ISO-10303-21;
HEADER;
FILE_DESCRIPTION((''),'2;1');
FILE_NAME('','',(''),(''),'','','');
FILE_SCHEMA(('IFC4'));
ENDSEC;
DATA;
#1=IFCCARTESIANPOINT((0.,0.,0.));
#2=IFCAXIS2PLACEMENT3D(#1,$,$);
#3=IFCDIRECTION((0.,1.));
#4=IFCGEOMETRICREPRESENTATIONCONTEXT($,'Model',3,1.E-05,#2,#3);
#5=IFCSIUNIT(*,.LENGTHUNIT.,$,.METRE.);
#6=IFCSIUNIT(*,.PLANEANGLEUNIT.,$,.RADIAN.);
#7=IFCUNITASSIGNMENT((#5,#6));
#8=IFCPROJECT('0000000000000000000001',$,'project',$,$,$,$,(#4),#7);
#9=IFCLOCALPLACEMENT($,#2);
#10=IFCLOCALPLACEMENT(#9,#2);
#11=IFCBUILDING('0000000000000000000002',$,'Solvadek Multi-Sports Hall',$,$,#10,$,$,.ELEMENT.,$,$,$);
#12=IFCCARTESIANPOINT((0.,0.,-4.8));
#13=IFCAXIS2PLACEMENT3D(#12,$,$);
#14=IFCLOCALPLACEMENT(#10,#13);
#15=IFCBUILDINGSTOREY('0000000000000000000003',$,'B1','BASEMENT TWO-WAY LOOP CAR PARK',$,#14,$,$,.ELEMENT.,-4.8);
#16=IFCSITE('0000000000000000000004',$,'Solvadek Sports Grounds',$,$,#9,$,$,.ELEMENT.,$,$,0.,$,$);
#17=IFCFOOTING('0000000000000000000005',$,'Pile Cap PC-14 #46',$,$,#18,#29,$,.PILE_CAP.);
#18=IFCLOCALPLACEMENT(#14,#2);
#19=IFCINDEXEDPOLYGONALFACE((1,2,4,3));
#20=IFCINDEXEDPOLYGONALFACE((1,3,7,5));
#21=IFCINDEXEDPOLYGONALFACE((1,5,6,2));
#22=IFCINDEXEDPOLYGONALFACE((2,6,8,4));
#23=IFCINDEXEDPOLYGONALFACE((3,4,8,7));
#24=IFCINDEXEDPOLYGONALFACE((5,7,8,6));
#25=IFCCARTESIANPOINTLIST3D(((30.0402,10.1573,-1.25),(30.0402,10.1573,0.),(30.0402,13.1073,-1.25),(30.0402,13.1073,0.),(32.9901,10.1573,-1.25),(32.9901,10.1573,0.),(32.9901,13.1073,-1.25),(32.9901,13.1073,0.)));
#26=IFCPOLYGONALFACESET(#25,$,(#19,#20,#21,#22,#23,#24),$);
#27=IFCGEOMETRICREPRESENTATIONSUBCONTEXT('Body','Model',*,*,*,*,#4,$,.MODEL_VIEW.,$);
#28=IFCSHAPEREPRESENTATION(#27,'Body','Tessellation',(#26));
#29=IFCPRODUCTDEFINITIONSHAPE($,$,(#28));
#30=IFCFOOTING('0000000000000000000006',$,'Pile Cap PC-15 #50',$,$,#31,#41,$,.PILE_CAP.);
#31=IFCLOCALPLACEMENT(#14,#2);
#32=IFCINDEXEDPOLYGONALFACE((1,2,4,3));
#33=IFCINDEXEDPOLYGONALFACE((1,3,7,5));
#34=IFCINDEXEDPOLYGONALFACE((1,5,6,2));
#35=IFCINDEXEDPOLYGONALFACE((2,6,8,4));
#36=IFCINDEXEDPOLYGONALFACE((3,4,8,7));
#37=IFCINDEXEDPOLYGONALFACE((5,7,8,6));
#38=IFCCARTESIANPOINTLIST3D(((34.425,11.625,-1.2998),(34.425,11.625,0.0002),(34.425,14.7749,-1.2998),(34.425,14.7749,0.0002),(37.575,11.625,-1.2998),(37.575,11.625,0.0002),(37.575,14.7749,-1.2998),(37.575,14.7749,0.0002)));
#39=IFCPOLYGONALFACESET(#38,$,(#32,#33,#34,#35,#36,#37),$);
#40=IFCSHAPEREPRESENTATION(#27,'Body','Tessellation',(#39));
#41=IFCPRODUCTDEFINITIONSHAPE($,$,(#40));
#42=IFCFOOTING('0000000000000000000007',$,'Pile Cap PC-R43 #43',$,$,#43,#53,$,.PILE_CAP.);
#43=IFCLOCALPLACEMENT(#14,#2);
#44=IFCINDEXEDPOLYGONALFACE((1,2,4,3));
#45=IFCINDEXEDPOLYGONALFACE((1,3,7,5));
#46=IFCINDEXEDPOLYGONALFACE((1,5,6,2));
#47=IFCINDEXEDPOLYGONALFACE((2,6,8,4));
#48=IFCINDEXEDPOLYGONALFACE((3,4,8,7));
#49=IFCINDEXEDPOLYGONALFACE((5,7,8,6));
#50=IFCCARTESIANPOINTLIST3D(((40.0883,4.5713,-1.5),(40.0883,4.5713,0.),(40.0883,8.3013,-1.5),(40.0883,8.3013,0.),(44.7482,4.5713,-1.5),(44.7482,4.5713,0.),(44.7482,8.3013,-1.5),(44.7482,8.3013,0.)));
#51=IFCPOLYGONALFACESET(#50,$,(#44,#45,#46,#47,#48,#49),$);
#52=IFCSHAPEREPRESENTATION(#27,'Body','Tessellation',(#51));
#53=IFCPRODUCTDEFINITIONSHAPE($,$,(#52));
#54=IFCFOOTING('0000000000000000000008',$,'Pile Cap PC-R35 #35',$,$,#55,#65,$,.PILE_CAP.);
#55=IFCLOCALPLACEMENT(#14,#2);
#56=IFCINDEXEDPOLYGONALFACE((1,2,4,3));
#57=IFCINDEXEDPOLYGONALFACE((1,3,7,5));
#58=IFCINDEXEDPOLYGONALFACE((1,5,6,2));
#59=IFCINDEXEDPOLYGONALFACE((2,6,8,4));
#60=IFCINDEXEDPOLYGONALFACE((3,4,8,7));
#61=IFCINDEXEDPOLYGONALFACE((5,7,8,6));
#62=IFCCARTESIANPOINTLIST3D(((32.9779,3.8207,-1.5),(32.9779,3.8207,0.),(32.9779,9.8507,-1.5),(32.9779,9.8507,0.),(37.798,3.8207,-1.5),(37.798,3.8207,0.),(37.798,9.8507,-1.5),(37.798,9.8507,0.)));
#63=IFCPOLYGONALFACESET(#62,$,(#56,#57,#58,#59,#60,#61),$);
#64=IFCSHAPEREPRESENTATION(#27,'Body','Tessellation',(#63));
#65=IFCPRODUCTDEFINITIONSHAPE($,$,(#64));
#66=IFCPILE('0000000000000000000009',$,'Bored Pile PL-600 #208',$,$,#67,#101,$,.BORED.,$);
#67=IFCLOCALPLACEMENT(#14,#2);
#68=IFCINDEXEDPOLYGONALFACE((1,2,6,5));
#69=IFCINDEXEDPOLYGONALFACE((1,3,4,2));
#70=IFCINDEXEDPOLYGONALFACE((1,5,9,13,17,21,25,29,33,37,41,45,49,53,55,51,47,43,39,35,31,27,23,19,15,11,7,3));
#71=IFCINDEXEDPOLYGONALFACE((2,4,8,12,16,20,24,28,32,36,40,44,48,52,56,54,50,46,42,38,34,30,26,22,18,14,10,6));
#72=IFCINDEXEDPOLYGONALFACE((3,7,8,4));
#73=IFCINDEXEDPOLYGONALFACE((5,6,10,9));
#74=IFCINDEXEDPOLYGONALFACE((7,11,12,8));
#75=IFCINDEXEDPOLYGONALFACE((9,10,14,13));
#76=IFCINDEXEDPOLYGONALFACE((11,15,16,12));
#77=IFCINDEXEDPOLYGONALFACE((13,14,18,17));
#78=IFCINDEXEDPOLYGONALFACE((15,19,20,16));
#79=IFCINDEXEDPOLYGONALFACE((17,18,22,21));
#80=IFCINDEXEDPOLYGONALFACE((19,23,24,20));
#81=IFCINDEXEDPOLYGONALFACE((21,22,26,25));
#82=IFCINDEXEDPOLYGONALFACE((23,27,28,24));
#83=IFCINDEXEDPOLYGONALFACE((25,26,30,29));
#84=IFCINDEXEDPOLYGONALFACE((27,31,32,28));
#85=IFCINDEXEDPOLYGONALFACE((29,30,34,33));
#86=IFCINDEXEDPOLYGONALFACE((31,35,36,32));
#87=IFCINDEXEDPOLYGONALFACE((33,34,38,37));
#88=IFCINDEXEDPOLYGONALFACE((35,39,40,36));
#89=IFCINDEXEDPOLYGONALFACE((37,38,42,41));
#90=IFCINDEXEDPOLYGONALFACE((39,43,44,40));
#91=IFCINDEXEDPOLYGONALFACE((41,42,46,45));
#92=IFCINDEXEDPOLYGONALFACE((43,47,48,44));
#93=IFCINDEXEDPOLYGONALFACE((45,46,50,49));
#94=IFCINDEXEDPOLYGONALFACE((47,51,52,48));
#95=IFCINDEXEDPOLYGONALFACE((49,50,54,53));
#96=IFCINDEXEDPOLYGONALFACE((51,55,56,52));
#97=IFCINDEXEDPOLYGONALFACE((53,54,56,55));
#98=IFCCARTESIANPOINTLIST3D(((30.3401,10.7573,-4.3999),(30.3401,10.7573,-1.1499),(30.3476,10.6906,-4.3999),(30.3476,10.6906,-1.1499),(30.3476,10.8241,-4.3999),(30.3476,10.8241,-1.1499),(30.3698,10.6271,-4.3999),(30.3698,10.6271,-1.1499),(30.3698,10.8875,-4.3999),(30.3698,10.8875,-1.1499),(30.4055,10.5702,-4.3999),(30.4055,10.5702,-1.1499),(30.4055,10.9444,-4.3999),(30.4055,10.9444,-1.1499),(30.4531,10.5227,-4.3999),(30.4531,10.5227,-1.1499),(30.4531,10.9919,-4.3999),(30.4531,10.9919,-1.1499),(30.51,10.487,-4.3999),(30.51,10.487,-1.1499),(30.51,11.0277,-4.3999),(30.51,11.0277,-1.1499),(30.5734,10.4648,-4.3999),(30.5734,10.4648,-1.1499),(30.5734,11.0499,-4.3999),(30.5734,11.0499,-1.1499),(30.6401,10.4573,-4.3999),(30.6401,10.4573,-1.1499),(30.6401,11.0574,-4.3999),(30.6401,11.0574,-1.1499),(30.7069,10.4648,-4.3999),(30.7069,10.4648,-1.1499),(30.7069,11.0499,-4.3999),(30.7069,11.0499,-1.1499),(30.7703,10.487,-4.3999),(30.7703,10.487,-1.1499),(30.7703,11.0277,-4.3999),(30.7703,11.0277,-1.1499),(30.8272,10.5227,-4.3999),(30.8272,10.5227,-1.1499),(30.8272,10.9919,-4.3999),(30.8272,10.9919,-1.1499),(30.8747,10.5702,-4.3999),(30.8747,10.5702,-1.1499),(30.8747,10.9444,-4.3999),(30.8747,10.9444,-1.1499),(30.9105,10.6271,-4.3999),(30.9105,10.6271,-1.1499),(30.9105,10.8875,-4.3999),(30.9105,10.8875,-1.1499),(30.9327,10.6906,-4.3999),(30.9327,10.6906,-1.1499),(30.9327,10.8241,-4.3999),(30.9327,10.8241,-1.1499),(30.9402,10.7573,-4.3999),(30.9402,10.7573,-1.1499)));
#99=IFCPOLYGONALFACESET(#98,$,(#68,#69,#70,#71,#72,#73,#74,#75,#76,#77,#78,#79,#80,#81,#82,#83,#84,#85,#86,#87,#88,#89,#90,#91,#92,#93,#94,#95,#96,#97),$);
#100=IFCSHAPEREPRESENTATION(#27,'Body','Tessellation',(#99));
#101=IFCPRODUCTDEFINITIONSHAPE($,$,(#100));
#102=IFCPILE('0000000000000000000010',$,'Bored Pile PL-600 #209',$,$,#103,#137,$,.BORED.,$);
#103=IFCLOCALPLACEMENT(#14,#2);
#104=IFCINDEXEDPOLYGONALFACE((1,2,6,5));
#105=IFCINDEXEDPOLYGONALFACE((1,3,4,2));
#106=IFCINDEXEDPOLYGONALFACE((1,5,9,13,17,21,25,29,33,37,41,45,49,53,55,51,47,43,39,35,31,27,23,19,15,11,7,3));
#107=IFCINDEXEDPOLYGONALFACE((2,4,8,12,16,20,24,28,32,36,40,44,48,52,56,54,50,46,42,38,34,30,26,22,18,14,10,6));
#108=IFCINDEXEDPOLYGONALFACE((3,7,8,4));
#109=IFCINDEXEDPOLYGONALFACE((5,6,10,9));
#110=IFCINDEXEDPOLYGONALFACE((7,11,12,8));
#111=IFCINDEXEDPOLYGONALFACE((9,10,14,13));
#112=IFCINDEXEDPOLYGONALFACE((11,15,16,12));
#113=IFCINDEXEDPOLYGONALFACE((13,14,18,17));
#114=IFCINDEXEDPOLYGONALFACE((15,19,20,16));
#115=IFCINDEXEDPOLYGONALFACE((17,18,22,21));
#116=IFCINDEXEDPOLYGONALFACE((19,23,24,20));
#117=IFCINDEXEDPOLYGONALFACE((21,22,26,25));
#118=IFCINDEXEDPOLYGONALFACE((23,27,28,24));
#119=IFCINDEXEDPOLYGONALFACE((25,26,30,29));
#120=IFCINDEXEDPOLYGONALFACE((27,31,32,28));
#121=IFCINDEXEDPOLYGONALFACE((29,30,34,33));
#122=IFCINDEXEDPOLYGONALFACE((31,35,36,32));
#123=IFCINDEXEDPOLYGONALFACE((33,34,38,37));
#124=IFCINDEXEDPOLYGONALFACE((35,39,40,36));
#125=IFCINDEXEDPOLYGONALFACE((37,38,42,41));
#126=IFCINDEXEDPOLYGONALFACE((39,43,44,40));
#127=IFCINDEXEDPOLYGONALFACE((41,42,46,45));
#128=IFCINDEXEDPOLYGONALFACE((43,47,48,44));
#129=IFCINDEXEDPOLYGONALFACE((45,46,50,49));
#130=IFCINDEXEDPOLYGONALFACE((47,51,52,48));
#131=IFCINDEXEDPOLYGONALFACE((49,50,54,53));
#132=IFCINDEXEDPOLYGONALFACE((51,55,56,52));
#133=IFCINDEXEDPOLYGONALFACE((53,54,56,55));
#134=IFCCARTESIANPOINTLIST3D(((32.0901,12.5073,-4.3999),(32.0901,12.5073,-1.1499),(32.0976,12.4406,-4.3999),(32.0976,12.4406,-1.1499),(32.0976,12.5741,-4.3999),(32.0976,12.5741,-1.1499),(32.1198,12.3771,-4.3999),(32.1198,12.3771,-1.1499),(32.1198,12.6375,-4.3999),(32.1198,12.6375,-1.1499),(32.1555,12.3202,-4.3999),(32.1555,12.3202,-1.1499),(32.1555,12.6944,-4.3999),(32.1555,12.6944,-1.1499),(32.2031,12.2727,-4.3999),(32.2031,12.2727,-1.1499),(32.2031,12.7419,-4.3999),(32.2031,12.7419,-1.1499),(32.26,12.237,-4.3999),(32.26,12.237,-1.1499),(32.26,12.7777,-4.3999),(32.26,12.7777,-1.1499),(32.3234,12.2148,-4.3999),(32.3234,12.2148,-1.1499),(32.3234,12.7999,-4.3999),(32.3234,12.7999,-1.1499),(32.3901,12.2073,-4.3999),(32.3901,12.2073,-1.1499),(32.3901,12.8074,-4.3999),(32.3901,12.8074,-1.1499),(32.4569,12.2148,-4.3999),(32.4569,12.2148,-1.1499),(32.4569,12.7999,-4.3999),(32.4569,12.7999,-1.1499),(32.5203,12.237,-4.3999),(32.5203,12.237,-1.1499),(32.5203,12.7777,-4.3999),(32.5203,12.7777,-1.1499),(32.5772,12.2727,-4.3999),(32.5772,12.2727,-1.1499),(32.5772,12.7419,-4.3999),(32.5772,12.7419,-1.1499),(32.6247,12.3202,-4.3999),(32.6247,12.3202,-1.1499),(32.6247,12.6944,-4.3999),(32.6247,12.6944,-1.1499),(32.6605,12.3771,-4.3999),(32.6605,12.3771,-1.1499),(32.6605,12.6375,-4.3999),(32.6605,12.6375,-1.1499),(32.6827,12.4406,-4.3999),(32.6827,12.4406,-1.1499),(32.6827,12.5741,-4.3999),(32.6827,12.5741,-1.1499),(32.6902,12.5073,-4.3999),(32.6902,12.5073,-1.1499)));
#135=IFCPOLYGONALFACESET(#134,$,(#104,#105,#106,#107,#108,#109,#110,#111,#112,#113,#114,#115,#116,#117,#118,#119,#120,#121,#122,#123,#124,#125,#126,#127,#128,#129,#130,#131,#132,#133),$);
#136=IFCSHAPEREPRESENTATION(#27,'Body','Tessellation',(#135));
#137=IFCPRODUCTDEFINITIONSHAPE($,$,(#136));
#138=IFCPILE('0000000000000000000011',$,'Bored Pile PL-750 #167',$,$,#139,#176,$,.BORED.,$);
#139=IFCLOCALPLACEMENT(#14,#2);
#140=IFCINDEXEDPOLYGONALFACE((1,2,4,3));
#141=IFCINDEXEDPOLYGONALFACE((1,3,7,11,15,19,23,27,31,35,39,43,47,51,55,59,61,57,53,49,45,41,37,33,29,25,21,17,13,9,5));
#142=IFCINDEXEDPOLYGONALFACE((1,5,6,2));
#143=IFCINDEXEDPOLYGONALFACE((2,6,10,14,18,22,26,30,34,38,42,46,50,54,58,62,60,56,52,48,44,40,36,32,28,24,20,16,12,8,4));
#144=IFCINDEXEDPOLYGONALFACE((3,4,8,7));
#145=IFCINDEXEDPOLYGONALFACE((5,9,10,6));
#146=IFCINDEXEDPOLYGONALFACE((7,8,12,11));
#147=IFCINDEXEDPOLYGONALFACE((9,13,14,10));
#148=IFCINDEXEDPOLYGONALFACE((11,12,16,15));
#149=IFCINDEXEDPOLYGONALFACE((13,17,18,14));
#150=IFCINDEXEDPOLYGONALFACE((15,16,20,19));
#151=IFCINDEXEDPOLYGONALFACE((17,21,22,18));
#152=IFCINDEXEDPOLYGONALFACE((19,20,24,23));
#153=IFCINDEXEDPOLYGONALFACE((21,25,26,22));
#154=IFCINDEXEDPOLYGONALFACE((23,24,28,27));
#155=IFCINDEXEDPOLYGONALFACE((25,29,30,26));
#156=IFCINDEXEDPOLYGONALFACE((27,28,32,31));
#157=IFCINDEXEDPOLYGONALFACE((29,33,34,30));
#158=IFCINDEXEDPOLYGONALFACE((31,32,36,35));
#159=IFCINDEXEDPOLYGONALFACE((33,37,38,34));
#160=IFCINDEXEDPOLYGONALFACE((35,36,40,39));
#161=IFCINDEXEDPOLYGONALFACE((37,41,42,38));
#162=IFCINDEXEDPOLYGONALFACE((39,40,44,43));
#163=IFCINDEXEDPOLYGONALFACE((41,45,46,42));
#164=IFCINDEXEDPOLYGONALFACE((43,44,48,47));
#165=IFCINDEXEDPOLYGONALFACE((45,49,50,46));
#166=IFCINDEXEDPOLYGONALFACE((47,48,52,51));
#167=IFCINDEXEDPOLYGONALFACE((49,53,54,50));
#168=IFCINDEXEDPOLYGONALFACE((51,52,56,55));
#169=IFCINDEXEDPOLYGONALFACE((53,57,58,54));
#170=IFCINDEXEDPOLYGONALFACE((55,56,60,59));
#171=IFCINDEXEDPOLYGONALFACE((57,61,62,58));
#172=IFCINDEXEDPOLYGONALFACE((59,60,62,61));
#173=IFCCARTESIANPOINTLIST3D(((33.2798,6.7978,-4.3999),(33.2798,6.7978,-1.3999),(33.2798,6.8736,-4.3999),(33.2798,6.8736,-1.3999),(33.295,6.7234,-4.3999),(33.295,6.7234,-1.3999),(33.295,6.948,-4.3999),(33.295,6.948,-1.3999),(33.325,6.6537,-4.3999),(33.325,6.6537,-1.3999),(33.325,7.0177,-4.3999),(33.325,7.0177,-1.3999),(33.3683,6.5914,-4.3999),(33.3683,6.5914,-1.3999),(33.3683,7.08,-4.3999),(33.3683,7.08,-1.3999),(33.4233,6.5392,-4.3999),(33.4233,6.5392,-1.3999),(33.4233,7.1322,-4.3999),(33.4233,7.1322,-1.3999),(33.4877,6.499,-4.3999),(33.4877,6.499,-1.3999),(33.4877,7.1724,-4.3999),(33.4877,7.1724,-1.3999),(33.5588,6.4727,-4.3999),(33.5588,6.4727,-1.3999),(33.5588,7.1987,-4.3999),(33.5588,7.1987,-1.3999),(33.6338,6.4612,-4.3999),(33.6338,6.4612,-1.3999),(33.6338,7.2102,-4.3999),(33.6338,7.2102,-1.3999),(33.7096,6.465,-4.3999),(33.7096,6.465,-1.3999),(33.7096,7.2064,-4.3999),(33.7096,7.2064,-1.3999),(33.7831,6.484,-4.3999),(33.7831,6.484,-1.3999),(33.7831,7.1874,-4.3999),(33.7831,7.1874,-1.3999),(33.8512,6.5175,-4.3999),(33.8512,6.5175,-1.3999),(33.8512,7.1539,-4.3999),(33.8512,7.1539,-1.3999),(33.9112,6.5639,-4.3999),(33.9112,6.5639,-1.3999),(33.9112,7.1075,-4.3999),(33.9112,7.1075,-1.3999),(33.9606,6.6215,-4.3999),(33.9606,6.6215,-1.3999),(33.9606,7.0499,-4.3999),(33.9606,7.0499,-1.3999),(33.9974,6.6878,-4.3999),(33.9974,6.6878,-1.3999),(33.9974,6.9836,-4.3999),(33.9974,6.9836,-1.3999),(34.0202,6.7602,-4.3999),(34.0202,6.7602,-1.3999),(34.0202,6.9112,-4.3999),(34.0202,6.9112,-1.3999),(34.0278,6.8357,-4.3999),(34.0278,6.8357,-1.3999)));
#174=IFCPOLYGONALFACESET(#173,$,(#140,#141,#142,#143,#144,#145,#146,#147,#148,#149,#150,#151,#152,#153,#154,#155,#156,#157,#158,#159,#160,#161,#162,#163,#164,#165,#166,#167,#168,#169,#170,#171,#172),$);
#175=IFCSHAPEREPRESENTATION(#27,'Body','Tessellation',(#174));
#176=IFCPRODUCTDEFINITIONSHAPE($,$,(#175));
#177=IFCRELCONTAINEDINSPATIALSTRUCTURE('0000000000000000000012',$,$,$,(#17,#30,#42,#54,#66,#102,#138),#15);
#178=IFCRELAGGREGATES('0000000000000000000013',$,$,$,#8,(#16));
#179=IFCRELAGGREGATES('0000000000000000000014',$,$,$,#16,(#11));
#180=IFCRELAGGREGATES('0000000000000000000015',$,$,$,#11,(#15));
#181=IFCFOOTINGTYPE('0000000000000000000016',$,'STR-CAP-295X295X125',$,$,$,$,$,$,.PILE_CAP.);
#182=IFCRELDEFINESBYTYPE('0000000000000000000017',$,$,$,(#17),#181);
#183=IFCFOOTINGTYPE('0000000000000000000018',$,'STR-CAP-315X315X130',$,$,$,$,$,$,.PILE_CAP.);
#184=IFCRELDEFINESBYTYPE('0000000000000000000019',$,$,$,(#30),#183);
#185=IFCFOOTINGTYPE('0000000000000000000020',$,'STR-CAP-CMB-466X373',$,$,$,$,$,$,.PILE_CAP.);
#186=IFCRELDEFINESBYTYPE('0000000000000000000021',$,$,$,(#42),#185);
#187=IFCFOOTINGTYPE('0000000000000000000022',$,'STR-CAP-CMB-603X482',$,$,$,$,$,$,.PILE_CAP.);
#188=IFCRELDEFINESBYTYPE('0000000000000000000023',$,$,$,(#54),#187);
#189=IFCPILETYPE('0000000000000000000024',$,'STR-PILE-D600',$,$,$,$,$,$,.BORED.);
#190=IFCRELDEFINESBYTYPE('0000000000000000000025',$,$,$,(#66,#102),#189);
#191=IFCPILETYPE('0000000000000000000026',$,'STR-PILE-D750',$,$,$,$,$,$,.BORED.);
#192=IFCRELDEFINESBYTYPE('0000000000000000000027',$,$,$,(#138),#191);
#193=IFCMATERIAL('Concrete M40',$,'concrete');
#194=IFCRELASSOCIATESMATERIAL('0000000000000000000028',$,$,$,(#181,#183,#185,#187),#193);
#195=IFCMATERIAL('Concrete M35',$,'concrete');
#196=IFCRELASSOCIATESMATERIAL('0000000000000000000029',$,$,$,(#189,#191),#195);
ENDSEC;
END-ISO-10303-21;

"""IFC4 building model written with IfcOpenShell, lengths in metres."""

from ifc_helpers import new_model, si_unit, direction, frame, origin, origin_2d, place, context, subcontext, project, spatial, rectangle, circle, extrude, material, material_profile, profile_set, type_object, element, save


model = new_model("IFC4")

# Units and contexts
model_context = context("Model", 3, precision=1e-05, world=origin(), true_north=direction((0.0, 1.0)))
body_context = subcontext(model_context, "Body", "Model", "MODEL_VIEW")
ifc_project = project(units=[si_unit("LENGTHUNIT", "METRE"), si_unit("PLANEANGLEUNIT", "RADIAN")], contexts=[model_context])

# Site, building, storey
site_placement = place(None, origin())
site = spatial("IfcSite", under=ifc_project, at=site_placement, Name="Solvadek Sports Grounds", CompositionType="ELEMENT", RefElevation=0.0)
building_placement = place(site_placement, origin())
building = spatial("IfcBuilding", under=site, at=building_placement, Name="Solvadek Multi-Sports Hall", CompositionType="ELEMENT")
storey_placement = place(building_placement, frame((0.0, 0.0, -4.8)))
storey = spatial("IfcBuildingStorey", under=building, at=storey_placement, Name="B1", Description="BASEMENT TWO-WAY LOOP CAR PARK", CompositionType="ELEMENT", Elevation=-4.8)

# Footings
ifc_material_1 = material(Name="Concrete M40", Category="concrete")
footing_type_1 = type_object("IfcFootingType", Name="STR-CAP-295X295X125", PredefinedType="PILE_CAP", material=ifc_material_1)
footing_1_placement = place(storey_placement, frame((31.5151, 11.6323, -1.25), z_axis=(0.0, 0.0, 1.0), x_axis=(1.0, 0.0, 0.0)))
element("IfcFooting", 1, at=footing_1_placement, inside=storey, type_object=footing_type_1, Name="Pile Cap PC-14 #46", PredefinedType="PILE_CAP", context=body_context, shape_type="SweptSolid", body=[
    extrude(rectangle(XDim=2.95, YDim=2.95, at=origin_2d()), origin(), (0.0, 0.0, 1.0), 1.25),
])
footing_type_2 = type_object("IfcFootingType", Name="STR-CAP-315X315X130", PredefinedType="PILE_CAP", material=ifc_material_1)
footing_2_placement = place(storey_placement, frame((36.0, 13.2, -1.2998), z_axis=(0.0, 0.0, 1.0), x_axis=(1.0, 0.0, 0.0)))
element("IfcFooting", 2, at=footing_2_placement, inside=storey, type_object=footing_type_2, Name="Pile Cap PC-15 #50", PredefinedType="PILE_CAP", context=body_context, shape_type="SweptSolid", body=[
    extrude(rectangle(XDim=3.1499, YDim=3.1499, at=origin_2d()), origin(), (0.0, 0.0, 1.0), 1.3),
])
footing_type_3 = type_object("IfcFootingType", Name="STR-CAP-CMB-466X373", PredefinedType="PILE_CAP", material=ifc_material_1)
footing_3_placement = place(storey_placement, frame((42.4182, 6.4363, -1.5), z_axis=(0.0, 0.0, 1.0), x_axis=(1.0, 0.0, 0.0)))
element("IfcFooting", 3, at=footing_3_placement, inside=storey, type_object=footing_type_3, Name="Pile Cap PC-R43 #43", PredefinedType="PILE_CAP", context=body_context, shape_type="SweptSolid", body=[
    extrude(rectangle(XDim=4.6599, YDim=3.73, at=origin_2d()), origin(), (0.0, 0.0, 1.0), 1.5),
])
footing_type_4 = type_object("IfcFootingType", Name="STR-CAP-CMB-603X482", PredefinedType="PILE_CAP", material=ifc_material_1)
footing_4_placement = place(storey_placement, frame((35.3879, 6.8357, -1.5), z_axis=(0.0, 0.0, 1.0), x_axis=(0.0, 1.0, 0.0)))
element("IfcFooting", 4, at=footing_4_placement, inside=storey, type_object=footing_type_4, Name="Pile Cap PC-R35 #35", PredefinedType="PILE_CAP", context=body_context, shape_type="SweptSolid", body=[
    extrude(rectangle(XDim=6.03, YDim=4.8201, at=origin_2d()), origin(), (0.0, 0.0, 1.0), 1.5),
])

# Piles
ifc_material_2 = material(Name="Concrete M35", Category="concrete")
ifc_material_profile_1 = material_profile(ifc_material_2, circle(Radius=0.3, at=origin_2d()), Name="BORED PILE D600")
ifc_profile_set_1 = profile_set([ifc_material_profile_1], Name="Concrete M35")
pile_type_1 = type_object("IfcPileType", Name="STR-PILE-D600", PredefinedType="BORED", material=ifc_profile_set_1)
for number, where, z_axis, x_axis, name in (
    (5, (30.6401, 10.7573, -1.1499), (0.0, 0.0, -1.0), (1.0, 0.0, 0.0), "Bored Pile PL-600 #208"),
    (6, (32.3901, 12.5073, -1.1499), (0.0, 0.0, -1.0), (1.0, 0.0, 0.0), "Bored Pile PL-600 #209"),
):
    element("IfcPile", number, at=place(storey_placement, frame(where, z_axis=z_axis, x_axis=x_axis)), inside=storey, type_object=pile_type_1, Name=name, PredefinedType="BORED", context=body_context, shape_type="SweptSolid", body=[
        extrude(circle(Radius=0.3, at=origin_2d()), origin(), (0.0, 0.0, 1.0), 3.25),
    ])
ifc_material_profile_2 = material_profile(ifc_material_2, circle(Radius=0.375, at=origin_2d()), Name="BORED PILE D750")
ifc_profile_set_2 = profile_set([ifc_material_profile_2], Name="Concrete M35")
pile_type_2 = type_object("IfcPileType", Name="STR-PILE-D750", PredefinedType="BORED", material=ifc_profile_set_2)
for number, where, z_axis, x_axis, name in (
    (7, (33.6528, 6.8357, -1.3999), (0.0, 0.0, -1.0), (1.0, 0.0, 0.0), "Bored Pile PL-750 #167"),
):
    element("IfcPile", number, at=place(storey_placement, frame(where, z_axis=z_axis, x_axis=x_axis)), inside=storey, type_object=pile_type_2, Name=name, PredefinedType="BORED", context=body_context, shape_type="SweptSolid", body=[
        extrude(circle(Radius=0.375, at=origin_2d()), origin(), (0.0, 0.0, 1.0), 3.0),
    ])

save(model, "model.ifc")
